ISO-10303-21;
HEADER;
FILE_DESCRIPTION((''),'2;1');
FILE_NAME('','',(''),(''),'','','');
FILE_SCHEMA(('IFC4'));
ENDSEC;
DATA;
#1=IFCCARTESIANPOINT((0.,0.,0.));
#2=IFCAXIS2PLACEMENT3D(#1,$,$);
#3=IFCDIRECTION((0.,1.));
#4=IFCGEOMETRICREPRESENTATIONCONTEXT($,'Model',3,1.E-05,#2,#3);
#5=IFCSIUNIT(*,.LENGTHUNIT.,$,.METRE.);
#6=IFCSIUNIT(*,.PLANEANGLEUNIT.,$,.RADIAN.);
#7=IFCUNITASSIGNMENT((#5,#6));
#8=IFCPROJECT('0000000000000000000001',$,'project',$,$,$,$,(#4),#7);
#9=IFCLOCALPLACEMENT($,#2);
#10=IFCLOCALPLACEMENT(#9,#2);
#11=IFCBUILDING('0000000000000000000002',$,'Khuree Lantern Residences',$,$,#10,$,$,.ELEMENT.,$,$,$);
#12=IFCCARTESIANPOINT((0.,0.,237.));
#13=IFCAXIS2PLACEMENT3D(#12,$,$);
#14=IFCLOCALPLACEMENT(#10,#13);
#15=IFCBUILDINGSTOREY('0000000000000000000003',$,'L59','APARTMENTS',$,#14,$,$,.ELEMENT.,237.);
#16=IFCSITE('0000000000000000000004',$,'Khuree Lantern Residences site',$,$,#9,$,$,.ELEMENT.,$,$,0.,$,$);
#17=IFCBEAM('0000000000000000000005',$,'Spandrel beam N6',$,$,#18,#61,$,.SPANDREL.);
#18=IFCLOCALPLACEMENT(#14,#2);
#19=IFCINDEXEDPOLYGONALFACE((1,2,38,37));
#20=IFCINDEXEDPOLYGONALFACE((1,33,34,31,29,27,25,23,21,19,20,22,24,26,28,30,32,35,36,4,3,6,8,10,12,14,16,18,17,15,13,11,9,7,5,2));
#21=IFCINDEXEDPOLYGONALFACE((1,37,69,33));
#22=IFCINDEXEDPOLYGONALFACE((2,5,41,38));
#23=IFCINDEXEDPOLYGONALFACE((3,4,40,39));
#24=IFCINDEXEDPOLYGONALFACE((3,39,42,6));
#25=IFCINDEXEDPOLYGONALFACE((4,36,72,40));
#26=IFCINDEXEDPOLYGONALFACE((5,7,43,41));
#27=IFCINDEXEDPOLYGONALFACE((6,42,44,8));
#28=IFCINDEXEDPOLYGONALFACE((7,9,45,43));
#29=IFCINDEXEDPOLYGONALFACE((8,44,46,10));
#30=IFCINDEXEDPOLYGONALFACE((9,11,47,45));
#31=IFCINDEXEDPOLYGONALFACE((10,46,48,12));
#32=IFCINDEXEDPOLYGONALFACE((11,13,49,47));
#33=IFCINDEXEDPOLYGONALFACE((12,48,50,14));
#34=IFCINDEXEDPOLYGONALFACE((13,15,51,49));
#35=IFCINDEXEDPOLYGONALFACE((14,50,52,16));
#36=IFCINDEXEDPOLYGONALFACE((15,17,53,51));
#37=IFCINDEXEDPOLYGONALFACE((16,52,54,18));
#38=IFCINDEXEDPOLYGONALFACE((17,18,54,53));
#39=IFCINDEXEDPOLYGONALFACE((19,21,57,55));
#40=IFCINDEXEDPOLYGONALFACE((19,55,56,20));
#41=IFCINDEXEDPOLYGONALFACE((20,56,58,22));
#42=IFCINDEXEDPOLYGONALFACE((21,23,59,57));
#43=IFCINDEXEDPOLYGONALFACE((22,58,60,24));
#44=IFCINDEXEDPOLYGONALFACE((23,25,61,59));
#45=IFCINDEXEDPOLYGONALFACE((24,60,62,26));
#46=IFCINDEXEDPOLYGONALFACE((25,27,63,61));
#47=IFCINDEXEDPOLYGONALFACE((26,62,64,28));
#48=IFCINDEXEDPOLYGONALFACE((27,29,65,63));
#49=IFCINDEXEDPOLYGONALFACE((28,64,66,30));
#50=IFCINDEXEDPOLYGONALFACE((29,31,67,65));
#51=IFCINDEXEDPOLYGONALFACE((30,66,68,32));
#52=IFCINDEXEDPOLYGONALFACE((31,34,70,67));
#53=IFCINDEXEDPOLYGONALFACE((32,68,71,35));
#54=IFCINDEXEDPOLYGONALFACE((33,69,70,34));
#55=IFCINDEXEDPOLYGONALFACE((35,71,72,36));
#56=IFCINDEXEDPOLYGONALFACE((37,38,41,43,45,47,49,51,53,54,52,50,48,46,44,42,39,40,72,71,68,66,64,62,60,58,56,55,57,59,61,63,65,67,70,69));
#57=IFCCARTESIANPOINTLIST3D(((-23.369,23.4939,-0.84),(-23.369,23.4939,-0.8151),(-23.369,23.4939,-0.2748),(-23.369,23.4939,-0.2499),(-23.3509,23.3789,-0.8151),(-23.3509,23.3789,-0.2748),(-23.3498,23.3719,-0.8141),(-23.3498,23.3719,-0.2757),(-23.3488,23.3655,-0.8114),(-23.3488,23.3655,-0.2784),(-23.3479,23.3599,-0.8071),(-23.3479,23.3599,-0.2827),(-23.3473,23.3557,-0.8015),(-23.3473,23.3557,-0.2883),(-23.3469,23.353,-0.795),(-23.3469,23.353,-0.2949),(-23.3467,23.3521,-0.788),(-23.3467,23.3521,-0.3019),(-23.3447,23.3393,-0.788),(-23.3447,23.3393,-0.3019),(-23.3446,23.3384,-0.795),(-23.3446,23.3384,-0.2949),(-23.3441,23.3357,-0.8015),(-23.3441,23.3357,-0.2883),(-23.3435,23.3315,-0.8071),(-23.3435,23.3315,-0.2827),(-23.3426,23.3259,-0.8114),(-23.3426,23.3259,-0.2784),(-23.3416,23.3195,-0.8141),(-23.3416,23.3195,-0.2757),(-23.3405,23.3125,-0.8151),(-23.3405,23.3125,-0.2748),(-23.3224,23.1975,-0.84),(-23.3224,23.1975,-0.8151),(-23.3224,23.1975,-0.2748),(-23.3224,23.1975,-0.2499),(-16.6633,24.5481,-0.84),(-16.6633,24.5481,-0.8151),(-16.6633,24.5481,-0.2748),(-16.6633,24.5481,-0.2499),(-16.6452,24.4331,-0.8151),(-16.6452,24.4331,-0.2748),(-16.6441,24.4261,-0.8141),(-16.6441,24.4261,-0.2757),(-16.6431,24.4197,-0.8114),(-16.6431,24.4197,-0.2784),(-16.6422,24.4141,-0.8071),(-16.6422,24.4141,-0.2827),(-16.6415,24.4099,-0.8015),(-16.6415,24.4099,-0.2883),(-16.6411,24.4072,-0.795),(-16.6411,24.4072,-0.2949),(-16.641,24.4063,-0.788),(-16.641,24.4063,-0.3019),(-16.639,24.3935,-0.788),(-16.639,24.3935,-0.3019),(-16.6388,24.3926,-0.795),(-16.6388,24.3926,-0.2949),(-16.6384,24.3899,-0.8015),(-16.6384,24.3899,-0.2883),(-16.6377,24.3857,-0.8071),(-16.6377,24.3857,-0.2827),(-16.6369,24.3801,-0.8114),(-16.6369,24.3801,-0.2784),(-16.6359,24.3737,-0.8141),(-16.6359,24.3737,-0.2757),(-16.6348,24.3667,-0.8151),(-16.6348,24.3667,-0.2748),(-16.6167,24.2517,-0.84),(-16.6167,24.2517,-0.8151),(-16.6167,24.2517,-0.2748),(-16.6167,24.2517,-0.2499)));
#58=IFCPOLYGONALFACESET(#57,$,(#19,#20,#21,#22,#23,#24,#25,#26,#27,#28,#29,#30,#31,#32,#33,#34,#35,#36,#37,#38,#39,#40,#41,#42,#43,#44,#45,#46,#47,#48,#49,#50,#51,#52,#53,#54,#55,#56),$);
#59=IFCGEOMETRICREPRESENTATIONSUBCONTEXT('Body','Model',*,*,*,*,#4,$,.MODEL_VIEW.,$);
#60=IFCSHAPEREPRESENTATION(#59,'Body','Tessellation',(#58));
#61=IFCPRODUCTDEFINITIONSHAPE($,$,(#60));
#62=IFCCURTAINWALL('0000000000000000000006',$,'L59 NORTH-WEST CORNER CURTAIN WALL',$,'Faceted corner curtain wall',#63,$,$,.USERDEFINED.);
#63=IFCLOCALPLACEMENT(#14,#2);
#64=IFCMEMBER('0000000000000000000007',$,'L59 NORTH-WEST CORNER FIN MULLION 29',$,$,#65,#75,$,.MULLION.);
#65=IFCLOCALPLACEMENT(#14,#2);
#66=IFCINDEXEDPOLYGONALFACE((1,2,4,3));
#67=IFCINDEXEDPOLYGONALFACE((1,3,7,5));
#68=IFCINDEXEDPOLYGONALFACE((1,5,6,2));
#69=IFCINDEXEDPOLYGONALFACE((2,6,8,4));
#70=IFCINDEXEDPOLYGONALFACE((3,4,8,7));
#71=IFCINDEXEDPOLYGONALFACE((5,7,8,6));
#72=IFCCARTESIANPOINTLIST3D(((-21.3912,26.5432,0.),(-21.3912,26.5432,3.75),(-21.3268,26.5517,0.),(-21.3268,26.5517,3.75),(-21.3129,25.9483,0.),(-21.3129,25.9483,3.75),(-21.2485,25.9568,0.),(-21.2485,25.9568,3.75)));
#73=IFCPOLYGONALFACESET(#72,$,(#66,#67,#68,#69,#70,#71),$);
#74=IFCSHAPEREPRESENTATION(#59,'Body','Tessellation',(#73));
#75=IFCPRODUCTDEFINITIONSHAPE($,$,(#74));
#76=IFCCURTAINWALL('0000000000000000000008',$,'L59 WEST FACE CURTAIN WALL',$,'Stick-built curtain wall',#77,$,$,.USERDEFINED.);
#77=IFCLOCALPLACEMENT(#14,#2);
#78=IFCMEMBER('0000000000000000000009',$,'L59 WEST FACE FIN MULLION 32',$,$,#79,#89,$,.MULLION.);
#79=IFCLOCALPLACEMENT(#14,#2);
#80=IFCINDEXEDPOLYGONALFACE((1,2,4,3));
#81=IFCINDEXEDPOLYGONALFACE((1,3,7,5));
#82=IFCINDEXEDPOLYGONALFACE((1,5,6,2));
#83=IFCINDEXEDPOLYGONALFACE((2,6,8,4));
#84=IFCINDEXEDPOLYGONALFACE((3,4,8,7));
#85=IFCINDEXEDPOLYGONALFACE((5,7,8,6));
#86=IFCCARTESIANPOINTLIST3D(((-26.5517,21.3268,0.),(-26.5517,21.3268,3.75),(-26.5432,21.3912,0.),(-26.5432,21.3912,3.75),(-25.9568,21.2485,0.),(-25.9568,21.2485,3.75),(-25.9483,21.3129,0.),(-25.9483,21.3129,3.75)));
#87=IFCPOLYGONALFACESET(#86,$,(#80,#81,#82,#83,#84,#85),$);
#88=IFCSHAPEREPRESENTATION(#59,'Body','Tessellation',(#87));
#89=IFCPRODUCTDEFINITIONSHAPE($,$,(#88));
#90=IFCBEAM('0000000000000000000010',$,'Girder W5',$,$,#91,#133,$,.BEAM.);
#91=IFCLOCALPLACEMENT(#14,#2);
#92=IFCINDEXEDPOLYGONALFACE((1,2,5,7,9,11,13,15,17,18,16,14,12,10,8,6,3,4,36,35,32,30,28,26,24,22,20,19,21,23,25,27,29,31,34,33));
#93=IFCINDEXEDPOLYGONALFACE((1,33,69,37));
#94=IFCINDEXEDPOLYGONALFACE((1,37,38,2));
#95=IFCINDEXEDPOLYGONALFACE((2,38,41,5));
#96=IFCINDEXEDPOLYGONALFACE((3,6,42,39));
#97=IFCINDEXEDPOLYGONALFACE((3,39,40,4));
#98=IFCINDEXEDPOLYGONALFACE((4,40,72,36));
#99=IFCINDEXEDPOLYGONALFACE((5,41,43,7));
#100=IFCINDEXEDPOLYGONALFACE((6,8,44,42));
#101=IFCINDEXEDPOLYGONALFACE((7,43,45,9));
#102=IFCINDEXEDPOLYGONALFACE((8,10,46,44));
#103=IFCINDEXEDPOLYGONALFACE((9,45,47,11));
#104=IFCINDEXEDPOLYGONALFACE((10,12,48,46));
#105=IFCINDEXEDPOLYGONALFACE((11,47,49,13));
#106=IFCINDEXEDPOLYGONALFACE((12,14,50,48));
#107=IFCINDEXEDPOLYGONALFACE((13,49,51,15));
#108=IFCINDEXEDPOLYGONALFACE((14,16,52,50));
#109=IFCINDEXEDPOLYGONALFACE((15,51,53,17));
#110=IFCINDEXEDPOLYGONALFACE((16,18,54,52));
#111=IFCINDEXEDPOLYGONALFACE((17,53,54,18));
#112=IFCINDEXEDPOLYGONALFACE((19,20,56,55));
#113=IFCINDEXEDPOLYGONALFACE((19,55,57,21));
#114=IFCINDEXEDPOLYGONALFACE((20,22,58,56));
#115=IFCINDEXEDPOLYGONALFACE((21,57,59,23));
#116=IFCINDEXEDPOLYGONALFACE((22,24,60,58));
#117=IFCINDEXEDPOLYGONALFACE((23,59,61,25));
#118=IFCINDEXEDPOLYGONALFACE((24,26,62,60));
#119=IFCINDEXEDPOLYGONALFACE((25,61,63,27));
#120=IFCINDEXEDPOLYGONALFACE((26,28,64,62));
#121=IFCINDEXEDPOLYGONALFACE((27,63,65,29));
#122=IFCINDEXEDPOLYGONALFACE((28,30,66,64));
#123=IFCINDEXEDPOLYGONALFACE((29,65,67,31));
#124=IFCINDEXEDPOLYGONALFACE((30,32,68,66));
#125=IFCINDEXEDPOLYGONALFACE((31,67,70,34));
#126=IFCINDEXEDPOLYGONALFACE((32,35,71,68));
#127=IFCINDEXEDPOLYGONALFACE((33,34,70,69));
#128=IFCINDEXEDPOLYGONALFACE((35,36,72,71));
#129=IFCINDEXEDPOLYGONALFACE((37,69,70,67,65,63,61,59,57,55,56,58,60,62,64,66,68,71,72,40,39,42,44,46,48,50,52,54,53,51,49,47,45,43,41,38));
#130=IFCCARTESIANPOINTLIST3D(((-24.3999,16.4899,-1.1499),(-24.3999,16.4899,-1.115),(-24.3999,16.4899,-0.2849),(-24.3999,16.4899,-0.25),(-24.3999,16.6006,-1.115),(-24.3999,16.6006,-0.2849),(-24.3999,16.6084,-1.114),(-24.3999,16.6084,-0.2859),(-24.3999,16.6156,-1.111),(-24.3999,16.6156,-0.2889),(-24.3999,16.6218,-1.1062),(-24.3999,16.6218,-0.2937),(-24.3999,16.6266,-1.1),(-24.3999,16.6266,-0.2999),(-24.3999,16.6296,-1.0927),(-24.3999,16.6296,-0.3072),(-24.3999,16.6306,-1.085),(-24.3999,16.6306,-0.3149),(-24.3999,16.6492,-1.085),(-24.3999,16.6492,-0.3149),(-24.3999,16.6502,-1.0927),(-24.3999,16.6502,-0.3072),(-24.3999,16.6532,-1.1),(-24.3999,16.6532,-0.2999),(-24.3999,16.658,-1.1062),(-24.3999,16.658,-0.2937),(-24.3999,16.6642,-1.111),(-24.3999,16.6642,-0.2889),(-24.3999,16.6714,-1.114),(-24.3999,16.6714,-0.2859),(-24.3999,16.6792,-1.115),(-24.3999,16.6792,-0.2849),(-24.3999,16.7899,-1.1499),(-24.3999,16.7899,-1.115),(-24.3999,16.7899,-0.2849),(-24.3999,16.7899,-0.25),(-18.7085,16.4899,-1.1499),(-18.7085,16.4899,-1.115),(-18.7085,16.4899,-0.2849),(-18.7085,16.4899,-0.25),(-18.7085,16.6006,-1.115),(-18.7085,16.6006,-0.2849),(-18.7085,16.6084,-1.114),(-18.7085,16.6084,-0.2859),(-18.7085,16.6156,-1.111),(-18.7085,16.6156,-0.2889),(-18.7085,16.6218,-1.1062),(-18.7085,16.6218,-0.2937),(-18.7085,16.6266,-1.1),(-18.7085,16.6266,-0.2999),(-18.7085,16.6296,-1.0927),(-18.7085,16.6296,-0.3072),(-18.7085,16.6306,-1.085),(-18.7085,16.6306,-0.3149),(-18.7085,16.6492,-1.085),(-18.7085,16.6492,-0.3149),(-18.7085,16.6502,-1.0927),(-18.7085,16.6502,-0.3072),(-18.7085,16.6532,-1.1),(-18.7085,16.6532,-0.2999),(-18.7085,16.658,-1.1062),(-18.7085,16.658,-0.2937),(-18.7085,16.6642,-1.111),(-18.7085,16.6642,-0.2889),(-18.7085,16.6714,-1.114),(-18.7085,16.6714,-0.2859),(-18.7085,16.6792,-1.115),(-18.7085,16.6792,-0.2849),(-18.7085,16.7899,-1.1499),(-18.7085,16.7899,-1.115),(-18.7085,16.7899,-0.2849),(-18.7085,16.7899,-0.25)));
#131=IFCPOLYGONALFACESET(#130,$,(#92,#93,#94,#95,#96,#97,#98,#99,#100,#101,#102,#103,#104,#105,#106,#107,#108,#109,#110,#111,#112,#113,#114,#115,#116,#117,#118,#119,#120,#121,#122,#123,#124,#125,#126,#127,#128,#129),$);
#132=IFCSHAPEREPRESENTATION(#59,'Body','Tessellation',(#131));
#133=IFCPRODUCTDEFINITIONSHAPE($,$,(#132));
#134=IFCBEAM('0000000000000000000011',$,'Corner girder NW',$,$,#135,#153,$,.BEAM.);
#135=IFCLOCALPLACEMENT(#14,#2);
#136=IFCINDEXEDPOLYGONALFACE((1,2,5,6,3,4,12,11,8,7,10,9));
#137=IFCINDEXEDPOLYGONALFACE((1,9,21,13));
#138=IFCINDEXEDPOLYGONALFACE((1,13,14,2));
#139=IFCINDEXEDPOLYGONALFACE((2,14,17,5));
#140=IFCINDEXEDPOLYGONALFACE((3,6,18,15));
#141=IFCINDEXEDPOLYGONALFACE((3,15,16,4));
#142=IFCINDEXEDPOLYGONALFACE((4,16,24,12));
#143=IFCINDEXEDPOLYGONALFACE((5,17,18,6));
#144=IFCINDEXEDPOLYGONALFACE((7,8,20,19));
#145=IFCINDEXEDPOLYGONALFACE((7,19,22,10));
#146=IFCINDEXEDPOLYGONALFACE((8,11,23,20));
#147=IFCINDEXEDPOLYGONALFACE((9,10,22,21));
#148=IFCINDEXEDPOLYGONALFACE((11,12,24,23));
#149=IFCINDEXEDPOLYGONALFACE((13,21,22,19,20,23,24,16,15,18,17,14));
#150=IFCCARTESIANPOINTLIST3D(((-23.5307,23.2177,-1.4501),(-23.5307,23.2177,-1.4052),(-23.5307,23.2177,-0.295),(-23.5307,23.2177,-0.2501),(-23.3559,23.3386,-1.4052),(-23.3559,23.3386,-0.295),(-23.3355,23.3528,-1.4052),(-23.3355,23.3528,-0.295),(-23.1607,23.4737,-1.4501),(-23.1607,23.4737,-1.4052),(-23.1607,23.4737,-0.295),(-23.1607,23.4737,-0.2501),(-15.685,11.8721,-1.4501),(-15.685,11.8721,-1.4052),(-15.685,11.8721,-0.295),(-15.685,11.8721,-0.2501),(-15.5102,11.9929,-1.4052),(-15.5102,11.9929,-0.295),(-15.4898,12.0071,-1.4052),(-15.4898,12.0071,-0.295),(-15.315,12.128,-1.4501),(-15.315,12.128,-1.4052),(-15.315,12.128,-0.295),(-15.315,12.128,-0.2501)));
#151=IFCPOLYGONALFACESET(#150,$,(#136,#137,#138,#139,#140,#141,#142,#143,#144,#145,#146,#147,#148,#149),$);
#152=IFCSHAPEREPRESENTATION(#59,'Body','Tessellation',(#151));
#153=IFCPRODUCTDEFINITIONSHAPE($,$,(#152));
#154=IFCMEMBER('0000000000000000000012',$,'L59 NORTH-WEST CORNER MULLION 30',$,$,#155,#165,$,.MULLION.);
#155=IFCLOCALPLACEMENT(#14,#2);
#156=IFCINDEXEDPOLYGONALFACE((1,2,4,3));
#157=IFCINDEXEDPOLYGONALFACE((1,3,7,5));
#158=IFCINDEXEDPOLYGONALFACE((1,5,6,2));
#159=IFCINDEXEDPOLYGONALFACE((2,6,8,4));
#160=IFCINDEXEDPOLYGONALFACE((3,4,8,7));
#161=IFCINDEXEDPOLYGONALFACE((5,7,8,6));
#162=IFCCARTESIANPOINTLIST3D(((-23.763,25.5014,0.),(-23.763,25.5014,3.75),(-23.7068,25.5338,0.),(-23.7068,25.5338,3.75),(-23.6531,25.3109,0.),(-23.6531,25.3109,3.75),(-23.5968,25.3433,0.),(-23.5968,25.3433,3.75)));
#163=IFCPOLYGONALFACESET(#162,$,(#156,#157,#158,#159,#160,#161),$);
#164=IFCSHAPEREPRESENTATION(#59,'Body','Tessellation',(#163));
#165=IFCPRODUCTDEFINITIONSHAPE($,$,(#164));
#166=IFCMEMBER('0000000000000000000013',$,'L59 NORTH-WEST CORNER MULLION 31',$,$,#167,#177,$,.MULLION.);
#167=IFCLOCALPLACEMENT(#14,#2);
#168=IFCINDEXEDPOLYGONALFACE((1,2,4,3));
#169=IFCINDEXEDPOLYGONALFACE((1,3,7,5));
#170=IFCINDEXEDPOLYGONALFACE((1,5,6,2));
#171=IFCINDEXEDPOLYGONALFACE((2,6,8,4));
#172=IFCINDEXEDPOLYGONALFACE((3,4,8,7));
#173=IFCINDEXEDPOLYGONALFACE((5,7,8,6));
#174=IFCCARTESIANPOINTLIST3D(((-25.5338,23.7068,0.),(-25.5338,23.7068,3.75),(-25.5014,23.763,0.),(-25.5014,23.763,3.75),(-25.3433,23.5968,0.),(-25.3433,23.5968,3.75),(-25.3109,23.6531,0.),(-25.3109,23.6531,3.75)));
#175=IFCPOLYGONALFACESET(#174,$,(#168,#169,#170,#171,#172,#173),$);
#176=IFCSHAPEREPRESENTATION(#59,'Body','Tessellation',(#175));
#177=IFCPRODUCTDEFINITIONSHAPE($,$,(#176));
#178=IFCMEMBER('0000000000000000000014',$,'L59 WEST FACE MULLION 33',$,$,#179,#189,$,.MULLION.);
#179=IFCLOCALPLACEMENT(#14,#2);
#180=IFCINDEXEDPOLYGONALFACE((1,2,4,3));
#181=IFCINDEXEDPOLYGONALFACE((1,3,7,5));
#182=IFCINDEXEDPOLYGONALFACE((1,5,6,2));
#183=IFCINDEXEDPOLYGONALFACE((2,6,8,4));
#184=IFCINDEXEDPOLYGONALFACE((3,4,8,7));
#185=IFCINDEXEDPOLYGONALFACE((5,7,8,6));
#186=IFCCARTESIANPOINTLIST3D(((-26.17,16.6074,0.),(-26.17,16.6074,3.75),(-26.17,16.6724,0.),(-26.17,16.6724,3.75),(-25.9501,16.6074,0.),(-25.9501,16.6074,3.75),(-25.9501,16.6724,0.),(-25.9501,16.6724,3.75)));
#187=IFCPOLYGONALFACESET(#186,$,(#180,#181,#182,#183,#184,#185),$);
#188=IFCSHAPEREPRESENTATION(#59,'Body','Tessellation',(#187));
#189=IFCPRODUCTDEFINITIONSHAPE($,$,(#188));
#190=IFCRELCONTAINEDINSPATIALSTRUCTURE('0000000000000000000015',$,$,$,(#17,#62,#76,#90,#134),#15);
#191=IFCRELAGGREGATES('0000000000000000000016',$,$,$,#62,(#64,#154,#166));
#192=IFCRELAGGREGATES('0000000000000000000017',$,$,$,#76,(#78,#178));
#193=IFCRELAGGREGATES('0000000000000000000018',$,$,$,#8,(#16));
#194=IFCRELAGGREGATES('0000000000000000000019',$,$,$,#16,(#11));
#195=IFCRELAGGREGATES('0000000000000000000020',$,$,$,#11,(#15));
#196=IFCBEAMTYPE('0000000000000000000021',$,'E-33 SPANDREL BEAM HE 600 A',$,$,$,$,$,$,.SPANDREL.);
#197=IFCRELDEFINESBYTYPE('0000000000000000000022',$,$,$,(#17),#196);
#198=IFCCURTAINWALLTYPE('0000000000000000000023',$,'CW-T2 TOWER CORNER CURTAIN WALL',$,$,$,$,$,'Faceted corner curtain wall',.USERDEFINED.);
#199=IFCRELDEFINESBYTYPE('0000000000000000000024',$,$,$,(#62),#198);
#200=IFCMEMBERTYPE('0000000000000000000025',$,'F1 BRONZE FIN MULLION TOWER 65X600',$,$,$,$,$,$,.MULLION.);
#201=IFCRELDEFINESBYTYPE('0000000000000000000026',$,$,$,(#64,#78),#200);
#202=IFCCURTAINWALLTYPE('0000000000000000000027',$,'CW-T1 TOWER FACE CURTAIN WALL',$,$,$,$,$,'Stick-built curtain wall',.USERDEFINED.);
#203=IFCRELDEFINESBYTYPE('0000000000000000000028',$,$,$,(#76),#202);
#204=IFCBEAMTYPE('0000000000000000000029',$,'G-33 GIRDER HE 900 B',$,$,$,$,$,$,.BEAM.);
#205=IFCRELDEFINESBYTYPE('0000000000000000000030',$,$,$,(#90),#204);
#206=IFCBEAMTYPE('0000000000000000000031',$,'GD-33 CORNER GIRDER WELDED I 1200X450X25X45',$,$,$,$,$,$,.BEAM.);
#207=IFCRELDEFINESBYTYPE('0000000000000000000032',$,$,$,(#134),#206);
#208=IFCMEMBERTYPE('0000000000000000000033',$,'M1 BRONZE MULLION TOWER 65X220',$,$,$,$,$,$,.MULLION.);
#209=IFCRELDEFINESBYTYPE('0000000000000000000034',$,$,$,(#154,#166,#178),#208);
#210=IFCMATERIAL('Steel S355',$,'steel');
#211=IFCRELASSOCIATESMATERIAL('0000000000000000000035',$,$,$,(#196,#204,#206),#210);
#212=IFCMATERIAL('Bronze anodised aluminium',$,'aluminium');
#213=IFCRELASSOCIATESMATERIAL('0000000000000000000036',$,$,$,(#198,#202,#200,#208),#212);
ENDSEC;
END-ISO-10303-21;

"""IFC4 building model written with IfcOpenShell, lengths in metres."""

from ifc_helpers import new_model, si_unit, direction, frame, origin, origin_2d, place, context, subcontext, project, spatial, rectangle, i_section, extrude, material, material_profile, profile_set, type_object, element, aggregate, save


model = new_model("IFC4")

# Units and contexts
model_context = context("Model", 3, precision=1e-05, world=origin(), true_north=direction((0.0, 1.0)))
body_context = subcontext(model_context, "Body", "Model", "MODEL_VIEW")
ifc_project = project(units=[si_unit("LENGTHUNIT", "METRE"), si_unit("PLANEANGLEUNIT", "RADIAN")], contexts=[model_context])

# Site, building, storey
site_placement = place(None, origin())
site = spatial("IfcSite", under=ifc_project, at=site_placement, Name="Khuree Lantern Residences site", CompositionType="ELEMENT", RefElevation=0.0)
building_placement = place(site_placement, origin())
building = spatial("IfcBuilding", under=site, at=building_placement, Name="Khuree Lantern Residences", CompositionType="ELEMENT")
storey_placement = place(building_placement, frame((0.0, 0.0, 237.0)))
storey = spatial("IfcBuildingStorey", under=building, at=storey_placement, Name="L59", Description="APARTMENTS", CompositionType="ELEMENT", Elevation=237.0)

# Beam
ifc_material_1 = material(Name="Steel S355", Category="steel")
ifc_material_profile_1 = material_profile(ifc_material_1, i_section(OverallWidth=0.3, OverallDepth=0.5901, WebThickness=0.0129, FlangeThickness=0.0249, FilletRadius=0.0271, at=origin_2d()), Name="HE 600 A")
ifc_profile_set_1 = profile_set([ifc_material_profile_1], Name="Steel S355")
beam_type_1 = type_object("IfcBeamType", Name="E-33 SPANDREL BEAM HE 600 A", PredefinedType="SPANDREL", material=ifc_profile_set_1)
for number, where, z_axis, x_axis, name in (
    (1, (-23.3457, 23.3457, -0.5449), (0.987867, 0.1553, 0.0), (-0.1553, 0.987867, 0.0), "Spandrel beam N6"),
):
    element("IfcBeam", number, at=place(storey_placement, frame(where, z_axis=z_axis, x_axis=x_axis)), inside=storey, type_object=beam_type_1, Name=name, PredefinedType="SPANDREL", context=body_context, shape_type="SweptSolid", body=[
        extrude(i_section(OverallWidth=0.3, OverallDepth=0.5901, WebThickness=0.0129, FlangeThickness=0.0249, FilletRadius=0.0271, at=origin_2d()), origin(), (0.0, 0.0, 1.0), 6.7881),
    ])

# Curtain walls, members
ifc_material_2 = material(Name="Bronze anodised aluminium", Category="aluminium")
curtain_wall_type_1 = type_object("IfcCurtainWallType", Name="CW-T2 TOWER CORNER CURTAIN WALL", ElementType="Faceted corner curtain wall", PredefinedType="USERDEFINED", material=ifc_material_2)
curtain_wall_1_placement = place(storey_placement, origin())
curtain_wall_1 = element("IfcCurtainWall", 2, at=curtain_wall_1_placement, inside=storey, type_object=curtain_wall_type_1, Name="L59 NORTH-WEST CORNER CURTAIN WALL", ObjectType="Faceted corner curtain wall", PredefinedType="USERDEFINED")
ifc_material_profile_2 = material_profile(ifc_material_2, rectangle(XDim=0.0649, YDim=0.6001, at=origin_2d()), Name="F1 65X600")
ifc_profile_set_2 = profile_set([ifc_material_profile_2], Name="Bronze anodised aluminium")
member_type_1 = type_object("IfcMemberType", Name="F1 BRONZE FIN MULLION TOWER 65X600", PredefinedType="MULLION", material=ifc_profile_set_2)
member_1_placement = place(storey_placement, frame((-21.3198, 26.25, 0.0), z_axis=(0.0, 0.0, 1.0), x_axis=(-0.991445, -0.130526, 0.0)))
member_1 = element("IfcMember", 3, at=member_1_placement, type_object=member_type_1, Name="L59 NORTH-WEST CORNER FIN MULLION 29", PredefinedType="MULLION", context=body_context, shape_type="SweptSolid", body=[
    extrude(rectangle(XDim=0.0649, YDim=0.6001, at=origin_2d()), origin(), (0.0, 0.0, 1.0), 3.75),
])
curtain_wall_type_2 = type_object("IfcCurtainWallType", Name="CW-T1 TOWER FACE CURTAIN WALL", ElementType="Stick-built curtain wall", PredefinedType="USERDEFINED", material=ifc_material_2)
curtain_wall_2_placement = place(storey_placement, origin())
curtain_wall_2 = element("IfcCurtainWall", 4, at=curtain_wall_2_placement, inside=storey, type_object=curtain_wall_type_2, Name="L59 WEST FACE CURTAIN WALL", ObjectType="Stick-built curtain wall", PredefinedType="USERDEFINED")
member_2_placement = place(storey_placement, frame((-26.25, 21.3198, 0.0), z_axis=(0.0, 0.0, 1.0), x_axis=(-0.130526, -0.991445, 0.0)))
member_2 = element("IfcMember", 5, at=member_2_placement, type_object=member_type_1, Name="L59 WEST FACE FIN MULLION 32", PredefinedType="MULLION", context=body_context, shape_type="SweptSolid", body=[
    extrude(rectangle(XDim=0.0649, YDim=0.6001, at=origin_2d()), origin(), (0.0, 0.0, 1.0), 3.75),
])

# Beams
ifc_material_profile_3 = material_profile(ifc_material_1, i_section(OverallWidth=0.3, OverallDepth=0.8999, WebThickness=0.0186, FlangeThickness=0.0349, FilletRadius=0.03, at=origin_2d()), Name="HE 900 B")
ifc_profile_set_3 = profile_set([ifc_material_profile_3], Name="Steel S355")
beam_type_2 = type_object("IfcBeamType", Name="G-33 GIRDER HE 900 B", PredefinedType="BEAM", material=ifc_profile_set_3)
beam_1_placement = place(storey_placement, frame((-24.3999, 16.6399, -0.7), z_axis=(1.0, 0.0, 0.0), x_axis=(0.0, 1.0, 0.0)))
element("IfcBeam", 6, at=beam_1_placement, inside=storey, type_object=beam_type_2, Name="Girder W5", PredefinedType="BEAM", context=body_context, shape_type="SweptSolid", body=[
    extrude(i_section(OverallWidth=0.3, OverallDepth=0.8999, WebThickness=0.0186, FlangeThickness=0.0349, FilletRadius=0.03, at=origin_2d()), origin(), (0.0, 0.0, 1.0), 5.6914),
])
ifc_material_profile_4 = material_profile(ifc_material_1, i_section(OverallWidth=0.45, OverallDepth=1.2, WebThickness=0.0249, FlangeThickness=0.0449, at=origin_2d()), Name="WELDED I 1200X450X25X45")
ifc_profile_set_4 = profile_set([ifc_material_profile_4], Name="Steel S355")
beam_type_3 = type_object("IfcBeamType", Name="GD-33 CORNER GIRDER WELDED I 1200X450X25X45", PredefinedType="BEAM", material=ifc_profile_set_4)
beam_2_placement = place(storey_placement, frame((-23.3457, 23.3457, -0.8501), z_axis=(0.568768, -0.822498, 0.0), x_axis=(0.822498, 0.568768, 0.0)))
element("IfcBeam", 7, at=beam_2_placement, inside=storey, type_object=beam_type_3, Name="Corner girder NW", PredefinedType="BEAM", context=body_context, shape_type="SweptSolid", body=[
    extrude(i_section(OverallWidth=0.45, OverallDepth=1.2, WebThickness=0.0249, FlangeThickness=0.0449, at=origin_2d()), origin(), (0.0, 0.0, 1.0), 13.7942),
])

# Members
ifc_material_profile_5 = material_profile(ifc_material_2, rectangle(XDim=0.0649, YDim=0.22, at=origin_2d()), Name="M1 65X220")
ifc_profile_set_5 = profile_set([ifc_material_profile_5], Name="Bronze anodised aluminium")
member_type_2 = type_object("IfcMemberType", Name="M1 BRONZE MULLION TOWER 65X220", PredefinedType="MULLION", material=ifc_profile_set_5)
member_3_placement = place(storey_placement, frame((-23.6799, 25.4224, 0.0), z_axis=(0.0, 0.0, 1.0), x_axis=(-0.866025, -0.5, 0.0)))
member_3 = element("IfcMember", 8, at=member_3_placement, type_object=member_type_2, Name="L59 NORTH-WEST CORNER MULLION 30", PredefinedType="MULLION", context=body_context, shape_type="SweptSolid", body=[
    extrude(rectangle(XDim=0.0649, YDim=0.22, at=origin_2d()), origin(), (0.0, 0.0, 1.0), 3.75),
])
member_4_placement = place(storey_placement, frame((-25.4224, 23.6799, 0.0), z_axis=(0.0, 0.0, 1.0), x_axis=(-0.5, -0.866025, 0.0)))
member_4 = element("IfcMember", 9, at=member_4_placement, type_object=member_type_2, Name="L59 NORTH-WEST CORNER MULLION 31", PredefinedType="MULLION", context=body_context, shape_type="SweptSolid", body=[
    extrude(rectangle(XDim=0.0649, YDim=0.22, at=origin_2d()), origin(), (0.0, 0.0, 1.0), 3.75),
])
member_5_placement = place(storey_placement, frame((-26.0601, 16.6399, 0.0), z_axis=(0.0, 0.0, 1.0), x_axis=(0.0, -1.0, 0.0)))
member_5 = element("IfcMember", 10, at=member_5_placement, type_object=member_type_2, Name="L59 WEST FACE MULLION 33", PredefinedType="MULLION", context=body_context, shape_type="SweptSolid", body=[
    extrude(rectangle(XDim=0.0649, YDim=0.22, at=origin_2d()), origin(), (0.0, 0.0, 1.0), 3.75),
])

aggregate(curtain_wall_1, [member_1, member_3, member_4])

aggregate(curtain_wall_2, [member_2, member_5])

save(model, "model.ifc")
